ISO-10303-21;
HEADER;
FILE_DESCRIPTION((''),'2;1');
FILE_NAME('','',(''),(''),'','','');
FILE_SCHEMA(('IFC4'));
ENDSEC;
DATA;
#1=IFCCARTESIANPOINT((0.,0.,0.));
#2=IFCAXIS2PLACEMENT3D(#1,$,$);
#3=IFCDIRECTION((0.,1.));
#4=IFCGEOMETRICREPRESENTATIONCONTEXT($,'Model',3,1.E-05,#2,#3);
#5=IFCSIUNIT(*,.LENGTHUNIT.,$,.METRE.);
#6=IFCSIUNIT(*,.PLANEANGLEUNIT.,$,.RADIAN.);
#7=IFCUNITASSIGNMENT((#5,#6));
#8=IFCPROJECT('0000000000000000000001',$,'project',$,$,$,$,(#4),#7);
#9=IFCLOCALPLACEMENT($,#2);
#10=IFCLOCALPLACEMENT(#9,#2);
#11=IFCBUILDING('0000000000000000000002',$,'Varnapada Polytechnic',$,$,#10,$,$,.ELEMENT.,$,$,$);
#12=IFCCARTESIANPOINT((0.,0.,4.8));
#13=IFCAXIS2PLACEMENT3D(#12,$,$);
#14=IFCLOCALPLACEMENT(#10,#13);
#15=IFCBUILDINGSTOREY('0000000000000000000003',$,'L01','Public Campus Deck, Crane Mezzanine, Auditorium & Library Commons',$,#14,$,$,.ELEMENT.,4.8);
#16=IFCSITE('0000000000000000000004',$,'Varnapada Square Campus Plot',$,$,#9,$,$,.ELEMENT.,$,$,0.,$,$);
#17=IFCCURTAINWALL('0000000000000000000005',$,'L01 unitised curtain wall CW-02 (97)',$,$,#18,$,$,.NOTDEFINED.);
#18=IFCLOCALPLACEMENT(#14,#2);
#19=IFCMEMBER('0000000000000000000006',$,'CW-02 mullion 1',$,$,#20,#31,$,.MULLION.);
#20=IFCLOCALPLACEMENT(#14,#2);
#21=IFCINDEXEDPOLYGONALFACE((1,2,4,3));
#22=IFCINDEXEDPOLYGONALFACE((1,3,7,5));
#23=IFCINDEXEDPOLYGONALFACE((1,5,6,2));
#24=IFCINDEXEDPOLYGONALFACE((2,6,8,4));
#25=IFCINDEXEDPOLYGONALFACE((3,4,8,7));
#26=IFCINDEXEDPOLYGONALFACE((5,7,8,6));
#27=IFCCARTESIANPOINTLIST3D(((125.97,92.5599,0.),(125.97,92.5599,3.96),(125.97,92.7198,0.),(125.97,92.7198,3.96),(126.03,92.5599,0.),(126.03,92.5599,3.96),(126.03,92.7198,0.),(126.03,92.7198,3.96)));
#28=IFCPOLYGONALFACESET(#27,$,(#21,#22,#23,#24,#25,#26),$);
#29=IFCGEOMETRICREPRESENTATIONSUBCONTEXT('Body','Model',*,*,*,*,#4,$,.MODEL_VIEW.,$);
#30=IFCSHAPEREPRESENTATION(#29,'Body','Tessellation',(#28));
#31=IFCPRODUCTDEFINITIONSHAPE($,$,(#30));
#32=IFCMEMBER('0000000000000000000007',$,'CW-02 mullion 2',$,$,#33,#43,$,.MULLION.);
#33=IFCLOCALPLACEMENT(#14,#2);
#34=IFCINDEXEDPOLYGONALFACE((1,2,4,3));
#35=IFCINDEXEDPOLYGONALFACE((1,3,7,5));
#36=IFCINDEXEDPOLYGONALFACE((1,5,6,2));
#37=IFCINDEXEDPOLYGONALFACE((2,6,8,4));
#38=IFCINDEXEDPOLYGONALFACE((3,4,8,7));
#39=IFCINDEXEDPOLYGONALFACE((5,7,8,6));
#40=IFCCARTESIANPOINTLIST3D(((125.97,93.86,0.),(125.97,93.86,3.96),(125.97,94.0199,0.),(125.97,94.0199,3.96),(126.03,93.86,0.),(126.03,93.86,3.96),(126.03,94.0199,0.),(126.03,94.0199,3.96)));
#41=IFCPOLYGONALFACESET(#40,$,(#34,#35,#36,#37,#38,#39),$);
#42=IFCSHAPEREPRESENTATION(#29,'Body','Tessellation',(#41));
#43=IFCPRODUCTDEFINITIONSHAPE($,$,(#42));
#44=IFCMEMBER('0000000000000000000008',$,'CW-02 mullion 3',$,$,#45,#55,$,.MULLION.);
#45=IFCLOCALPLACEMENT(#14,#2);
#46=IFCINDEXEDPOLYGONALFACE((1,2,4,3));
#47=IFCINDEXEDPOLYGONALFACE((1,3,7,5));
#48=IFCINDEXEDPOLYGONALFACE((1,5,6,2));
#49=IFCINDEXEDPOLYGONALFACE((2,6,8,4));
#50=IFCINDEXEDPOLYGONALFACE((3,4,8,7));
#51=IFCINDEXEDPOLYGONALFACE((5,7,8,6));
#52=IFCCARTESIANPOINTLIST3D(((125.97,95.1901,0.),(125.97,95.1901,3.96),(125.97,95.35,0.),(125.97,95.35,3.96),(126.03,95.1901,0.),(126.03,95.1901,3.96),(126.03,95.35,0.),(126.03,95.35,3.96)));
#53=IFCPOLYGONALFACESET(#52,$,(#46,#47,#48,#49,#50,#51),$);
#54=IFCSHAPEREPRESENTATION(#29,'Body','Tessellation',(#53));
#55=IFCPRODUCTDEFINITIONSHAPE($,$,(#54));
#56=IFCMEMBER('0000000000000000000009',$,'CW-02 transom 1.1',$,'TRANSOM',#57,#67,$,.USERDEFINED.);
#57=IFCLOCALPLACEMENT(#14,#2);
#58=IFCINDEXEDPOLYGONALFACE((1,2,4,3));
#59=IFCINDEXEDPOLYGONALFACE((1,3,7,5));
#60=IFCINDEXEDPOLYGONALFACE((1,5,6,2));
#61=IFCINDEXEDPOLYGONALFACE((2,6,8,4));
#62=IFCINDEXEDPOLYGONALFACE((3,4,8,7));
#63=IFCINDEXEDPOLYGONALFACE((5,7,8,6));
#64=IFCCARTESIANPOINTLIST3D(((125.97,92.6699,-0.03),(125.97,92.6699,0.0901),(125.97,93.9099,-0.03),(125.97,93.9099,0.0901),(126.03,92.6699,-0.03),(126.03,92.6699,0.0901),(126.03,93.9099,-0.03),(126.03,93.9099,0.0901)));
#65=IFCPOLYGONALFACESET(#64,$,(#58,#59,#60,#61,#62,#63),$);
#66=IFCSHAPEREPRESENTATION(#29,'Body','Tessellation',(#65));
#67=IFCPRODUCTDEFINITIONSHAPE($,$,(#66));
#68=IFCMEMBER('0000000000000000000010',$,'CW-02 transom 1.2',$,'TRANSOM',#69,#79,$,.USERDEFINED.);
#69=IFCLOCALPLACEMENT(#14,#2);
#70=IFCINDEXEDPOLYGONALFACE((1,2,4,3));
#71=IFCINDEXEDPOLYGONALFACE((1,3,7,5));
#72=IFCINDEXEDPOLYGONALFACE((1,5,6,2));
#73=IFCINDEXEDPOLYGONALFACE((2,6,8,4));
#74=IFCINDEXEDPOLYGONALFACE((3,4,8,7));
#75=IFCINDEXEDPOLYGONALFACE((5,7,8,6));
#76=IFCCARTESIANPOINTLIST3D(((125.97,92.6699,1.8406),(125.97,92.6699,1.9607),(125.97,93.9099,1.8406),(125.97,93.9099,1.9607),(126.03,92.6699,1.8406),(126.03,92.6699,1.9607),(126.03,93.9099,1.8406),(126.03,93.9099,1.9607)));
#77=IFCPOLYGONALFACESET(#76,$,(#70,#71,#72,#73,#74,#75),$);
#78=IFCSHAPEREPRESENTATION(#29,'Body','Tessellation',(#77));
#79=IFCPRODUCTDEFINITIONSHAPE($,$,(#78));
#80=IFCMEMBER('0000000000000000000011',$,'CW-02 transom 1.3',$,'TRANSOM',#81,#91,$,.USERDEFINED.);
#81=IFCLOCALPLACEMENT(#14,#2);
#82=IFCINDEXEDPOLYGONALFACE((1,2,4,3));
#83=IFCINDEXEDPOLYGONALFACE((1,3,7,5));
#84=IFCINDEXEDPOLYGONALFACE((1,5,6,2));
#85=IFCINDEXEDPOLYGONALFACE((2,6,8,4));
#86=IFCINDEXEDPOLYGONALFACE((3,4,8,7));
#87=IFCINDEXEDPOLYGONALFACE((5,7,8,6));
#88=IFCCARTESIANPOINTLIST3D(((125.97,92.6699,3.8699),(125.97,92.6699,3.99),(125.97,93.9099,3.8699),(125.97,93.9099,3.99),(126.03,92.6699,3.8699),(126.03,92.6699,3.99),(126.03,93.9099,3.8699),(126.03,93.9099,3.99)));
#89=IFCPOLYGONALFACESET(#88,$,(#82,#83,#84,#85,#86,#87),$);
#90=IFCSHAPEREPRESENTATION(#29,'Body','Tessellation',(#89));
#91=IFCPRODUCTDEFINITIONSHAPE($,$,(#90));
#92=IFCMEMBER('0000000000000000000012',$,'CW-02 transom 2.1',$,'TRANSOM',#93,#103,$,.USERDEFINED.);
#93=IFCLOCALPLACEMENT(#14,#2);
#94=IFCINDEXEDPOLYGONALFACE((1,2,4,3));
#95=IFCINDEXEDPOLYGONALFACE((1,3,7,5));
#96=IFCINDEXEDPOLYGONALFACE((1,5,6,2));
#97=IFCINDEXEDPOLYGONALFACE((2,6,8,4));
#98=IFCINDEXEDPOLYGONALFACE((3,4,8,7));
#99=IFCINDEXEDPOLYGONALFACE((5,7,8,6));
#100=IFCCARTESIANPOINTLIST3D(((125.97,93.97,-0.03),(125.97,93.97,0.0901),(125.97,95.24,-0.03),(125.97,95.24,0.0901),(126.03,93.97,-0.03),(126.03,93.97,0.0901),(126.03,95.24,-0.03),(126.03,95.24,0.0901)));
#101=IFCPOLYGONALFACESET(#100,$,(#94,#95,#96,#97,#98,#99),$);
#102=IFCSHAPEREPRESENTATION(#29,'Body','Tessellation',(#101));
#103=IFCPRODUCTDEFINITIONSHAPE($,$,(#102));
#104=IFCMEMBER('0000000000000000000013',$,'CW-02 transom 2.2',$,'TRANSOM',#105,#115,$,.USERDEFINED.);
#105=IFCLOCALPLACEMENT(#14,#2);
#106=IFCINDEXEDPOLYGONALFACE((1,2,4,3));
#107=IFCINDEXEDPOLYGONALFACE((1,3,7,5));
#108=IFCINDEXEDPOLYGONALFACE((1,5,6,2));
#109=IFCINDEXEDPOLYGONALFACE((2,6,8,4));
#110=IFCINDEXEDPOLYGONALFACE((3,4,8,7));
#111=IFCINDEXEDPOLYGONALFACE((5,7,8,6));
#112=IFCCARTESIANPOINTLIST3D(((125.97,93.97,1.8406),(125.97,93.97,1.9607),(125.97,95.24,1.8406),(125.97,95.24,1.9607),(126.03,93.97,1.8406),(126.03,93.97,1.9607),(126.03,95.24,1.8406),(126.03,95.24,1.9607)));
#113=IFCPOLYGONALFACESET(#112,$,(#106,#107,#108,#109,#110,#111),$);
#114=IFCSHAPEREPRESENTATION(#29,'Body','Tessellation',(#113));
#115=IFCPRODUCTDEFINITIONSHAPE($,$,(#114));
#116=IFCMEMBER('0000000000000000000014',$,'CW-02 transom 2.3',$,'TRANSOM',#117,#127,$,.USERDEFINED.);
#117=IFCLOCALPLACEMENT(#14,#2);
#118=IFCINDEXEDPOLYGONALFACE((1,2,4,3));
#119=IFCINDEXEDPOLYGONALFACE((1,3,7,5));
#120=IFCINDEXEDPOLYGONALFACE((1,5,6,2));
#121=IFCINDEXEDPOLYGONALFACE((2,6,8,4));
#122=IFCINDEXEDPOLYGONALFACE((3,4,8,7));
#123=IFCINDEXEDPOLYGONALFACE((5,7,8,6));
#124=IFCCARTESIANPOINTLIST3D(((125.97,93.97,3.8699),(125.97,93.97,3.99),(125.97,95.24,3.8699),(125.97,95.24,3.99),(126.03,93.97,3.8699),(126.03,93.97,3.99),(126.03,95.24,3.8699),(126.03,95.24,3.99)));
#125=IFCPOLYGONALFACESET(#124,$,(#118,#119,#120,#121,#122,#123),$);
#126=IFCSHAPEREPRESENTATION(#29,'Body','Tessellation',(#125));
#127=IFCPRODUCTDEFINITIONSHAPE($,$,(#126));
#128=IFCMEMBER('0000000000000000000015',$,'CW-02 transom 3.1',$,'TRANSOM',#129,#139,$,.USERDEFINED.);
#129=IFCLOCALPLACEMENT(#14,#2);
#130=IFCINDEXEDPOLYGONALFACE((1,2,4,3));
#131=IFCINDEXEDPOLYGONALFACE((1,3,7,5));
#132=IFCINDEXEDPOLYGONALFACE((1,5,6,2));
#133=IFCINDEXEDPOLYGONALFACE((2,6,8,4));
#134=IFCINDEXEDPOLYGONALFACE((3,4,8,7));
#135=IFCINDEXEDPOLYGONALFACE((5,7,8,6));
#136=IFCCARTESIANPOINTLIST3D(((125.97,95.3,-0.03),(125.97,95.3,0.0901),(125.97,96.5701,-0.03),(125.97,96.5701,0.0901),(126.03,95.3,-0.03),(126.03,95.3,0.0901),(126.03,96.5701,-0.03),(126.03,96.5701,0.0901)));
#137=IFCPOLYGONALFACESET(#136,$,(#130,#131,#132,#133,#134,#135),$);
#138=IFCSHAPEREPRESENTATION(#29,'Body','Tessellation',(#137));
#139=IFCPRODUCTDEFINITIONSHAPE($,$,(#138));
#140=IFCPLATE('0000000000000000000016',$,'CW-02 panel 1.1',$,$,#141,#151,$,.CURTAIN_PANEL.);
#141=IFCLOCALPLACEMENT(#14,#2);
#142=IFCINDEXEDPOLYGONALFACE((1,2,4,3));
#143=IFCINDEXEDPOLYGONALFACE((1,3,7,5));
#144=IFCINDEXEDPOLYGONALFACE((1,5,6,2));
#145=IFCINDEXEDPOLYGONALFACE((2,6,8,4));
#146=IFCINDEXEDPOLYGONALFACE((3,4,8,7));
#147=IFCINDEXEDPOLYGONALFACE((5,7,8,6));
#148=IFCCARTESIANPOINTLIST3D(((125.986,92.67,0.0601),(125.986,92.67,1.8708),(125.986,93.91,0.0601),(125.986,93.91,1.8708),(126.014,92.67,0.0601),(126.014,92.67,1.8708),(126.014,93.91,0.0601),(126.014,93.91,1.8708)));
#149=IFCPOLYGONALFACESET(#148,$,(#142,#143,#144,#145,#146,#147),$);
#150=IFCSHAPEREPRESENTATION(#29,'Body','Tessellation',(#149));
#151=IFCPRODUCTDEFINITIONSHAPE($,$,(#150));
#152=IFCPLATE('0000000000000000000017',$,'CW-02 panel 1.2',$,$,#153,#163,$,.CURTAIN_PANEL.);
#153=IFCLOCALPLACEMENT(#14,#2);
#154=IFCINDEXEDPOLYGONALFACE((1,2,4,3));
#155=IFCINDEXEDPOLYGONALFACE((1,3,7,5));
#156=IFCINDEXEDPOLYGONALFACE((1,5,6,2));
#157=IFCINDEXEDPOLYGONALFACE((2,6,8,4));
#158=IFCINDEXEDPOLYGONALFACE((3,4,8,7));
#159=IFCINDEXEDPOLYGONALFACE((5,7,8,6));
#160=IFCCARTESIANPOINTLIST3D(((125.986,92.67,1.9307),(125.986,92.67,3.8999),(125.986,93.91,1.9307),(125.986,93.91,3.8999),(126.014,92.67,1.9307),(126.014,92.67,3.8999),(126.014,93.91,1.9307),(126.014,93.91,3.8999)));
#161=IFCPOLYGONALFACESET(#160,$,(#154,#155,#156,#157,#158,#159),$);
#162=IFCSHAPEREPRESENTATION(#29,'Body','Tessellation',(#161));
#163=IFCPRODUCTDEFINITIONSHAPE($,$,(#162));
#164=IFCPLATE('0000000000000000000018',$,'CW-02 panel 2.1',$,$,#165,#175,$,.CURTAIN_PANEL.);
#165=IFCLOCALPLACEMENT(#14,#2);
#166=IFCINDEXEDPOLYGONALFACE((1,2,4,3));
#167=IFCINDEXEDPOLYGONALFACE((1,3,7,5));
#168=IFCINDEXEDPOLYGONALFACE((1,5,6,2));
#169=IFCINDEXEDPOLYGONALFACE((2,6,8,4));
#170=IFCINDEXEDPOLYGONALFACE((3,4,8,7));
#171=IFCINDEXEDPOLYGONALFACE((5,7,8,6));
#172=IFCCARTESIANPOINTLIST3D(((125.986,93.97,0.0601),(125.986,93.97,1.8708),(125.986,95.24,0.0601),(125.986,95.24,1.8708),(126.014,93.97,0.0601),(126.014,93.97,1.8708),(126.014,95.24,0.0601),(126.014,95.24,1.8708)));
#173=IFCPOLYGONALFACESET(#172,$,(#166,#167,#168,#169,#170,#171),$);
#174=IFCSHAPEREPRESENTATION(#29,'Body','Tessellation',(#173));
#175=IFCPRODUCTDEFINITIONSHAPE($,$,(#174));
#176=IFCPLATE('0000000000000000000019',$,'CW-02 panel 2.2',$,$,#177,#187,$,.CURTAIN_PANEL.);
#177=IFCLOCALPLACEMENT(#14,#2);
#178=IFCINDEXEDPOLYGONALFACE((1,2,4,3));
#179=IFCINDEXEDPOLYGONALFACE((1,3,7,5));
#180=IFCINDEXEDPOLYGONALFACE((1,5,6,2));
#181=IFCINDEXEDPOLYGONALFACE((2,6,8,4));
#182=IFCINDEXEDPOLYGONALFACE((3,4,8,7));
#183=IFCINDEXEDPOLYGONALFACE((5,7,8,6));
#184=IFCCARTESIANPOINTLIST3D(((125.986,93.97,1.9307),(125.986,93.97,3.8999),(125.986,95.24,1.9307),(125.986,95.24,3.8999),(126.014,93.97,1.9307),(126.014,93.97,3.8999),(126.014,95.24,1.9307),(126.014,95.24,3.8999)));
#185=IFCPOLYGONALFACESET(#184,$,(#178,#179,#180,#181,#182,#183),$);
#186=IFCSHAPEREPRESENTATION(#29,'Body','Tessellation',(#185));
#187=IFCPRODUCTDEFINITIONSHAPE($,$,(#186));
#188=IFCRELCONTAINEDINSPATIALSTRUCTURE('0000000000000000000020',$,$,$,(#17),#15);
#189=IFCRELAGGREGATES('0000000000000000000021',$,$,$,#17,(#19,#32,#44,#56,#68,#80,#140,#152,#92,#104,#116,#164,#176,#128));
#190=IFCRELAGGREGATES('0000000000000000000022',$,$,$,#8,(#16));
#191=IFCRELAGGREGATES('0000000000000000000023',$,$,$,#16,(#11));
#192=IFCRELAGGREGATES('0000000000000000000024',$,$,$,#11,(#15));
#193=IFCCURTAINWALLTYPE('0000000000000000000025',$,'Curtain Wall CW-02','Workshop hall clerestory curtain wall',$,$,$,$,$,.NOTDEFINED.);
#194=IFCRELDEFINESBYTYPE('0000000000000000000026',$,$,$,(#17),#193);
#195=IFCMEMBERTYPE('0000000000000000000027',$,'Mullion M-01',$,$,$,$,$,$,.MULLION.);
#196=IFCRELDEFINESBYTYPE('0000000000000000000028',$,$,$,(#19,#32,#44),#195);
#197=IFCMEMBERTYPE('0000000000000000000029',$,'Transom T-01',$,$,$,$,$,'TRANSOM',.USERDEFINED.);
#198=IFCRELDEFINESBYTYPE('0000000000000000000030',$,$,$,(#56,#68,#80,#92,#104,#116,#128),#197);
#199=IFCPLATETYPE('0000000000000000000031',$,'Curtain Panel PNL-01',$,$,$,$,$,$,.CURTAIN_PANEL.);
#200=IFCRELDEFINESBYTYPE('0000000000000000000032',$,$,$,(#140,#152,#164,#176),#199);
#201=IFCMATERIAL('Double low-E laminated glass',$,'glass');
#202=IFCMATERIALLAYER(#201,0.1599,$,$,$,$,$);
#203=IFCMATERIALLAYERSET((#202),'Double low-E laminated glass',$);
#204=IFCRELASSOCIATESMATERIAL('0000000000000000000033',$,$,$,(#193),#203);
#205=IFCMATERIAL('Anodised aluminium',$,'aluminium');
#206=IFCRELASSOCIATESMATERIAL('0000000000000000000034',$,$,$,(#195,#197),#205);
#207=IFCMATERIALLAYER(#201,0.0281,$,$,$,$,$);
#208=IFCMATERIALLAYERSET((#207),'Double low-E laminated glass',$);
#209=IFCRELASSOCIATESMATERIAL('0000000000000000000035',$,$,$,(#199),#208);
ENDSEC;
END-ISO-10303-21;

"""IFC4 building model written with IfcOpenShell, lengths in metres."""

from ifc_helpers import new_model, si_unit, direction, frame, origin, origin_2d, place, context, subcontext, project, spatial, rectangle, extrude, material, layer, layer_set, material_profile, profile_set, type_object, element, aggregate, save


model = new_model("IFC4")

# Units and contexts
model_context = context("Model", 3, precision=1e-05, world=origin(), true_north=direction((0.0, 1.0)))
body_context = subcontext(model_context, "Body", "Model", "MODEL_VIEW")
ifc_project = project(units=[si_unit("LENGTHUNIT", "METRE"), si_unit("PLANEANGLEUNIT", "RADIAN")], contexts=[model_context])

# Site, building, storey
site_placement = place(None, origin())
site = spatial("IfcSite", under=ifc_project, at=site_placement, Name="Varnapada Square Campus Plot", CompositionType="ELEMENT", RefElevation=0.0)
building_placement = place(site_placement, origin())
building = spatial("IfcBuilding", under=site, at=building_placement, Name="Varnapada Polytechnic", CompositionType="ELEMENT")
storey_placement = place(building_placement, frame((0.0, 0.0, 4.8)))
storey = spatial("IfcBuildingStorey", under=building, at=storey_placement, Name="L01", Description="Public Campus Deck, Crane Mezzanine, Auditorium & Library Commons", CompositionType="ELEMENT", Elevation=4.8)

# Curtain wall, members, plates
ifc_material_1 = material(Name="Double low-E laminated glass", Category="glass")
ifc_layer_1 = layer(ifc_material_1, 0.1599)
ifc_layer_set_1 = layer_set([ifc_layer_1], Name="Double low-E laminated glass")
curtain_wall_type = type_object("IfcCurtainWallType", Name="Curtain Wall CW-02", Description="Workshop hall clerestory curtain wall", PredefinedType="NOTDEFINED", material=ifc_layer_set_1)
curtain_wall_placement = place(storey_placement, origin())
curtain_wall = element("IfcCurtainWall", 1, at=curtain_wall_placement, inside=storey, type_object=curtain_wall_type, Name="L01 unitised curtain wall CW-02 (97)", PredefinedType="NOTDEFINED")
ifc_material_2 = material(Name="Anodised aluminium", Category="aluminium")
ifc_material_profile_1 = material_profile(ifc_material_2, rectangle(XDim=0.0601, YDim=0.1599, at=origin_2d()), Name="ALU M60x160")
ifc_profile_set_1 = profile_set([ifc_material_profile_1], Name="Anodised aluminium")
member_type_1 = type_object("IfcMemberType", Name="Mullion M-01", PredefinedType="MULLION", material=ifc_profile_set_1)
member_1_placement = place(storey_placement, frame((126.0, 92.6399, 0.0), z_axis=(0.0, 0.0, 1.0), x_axis=(-1.0, 0.0, 0.0)))
member_1 = element("IfcMember", 2, at=member_1_placement, type_object=member_type_1, Name="CW-02 mullion 1", PredefinedType="MULLION", context=body_context, shape_type="SweptSolid", body=[
    extrude(rectangle(XDim=0.0601, YDim=0.1599, at=origin_2d()), origin(), (0.0, 0.0, 1.0), 3.96),
])
member_2_placement = place(storey_placement, frame((126.0, 93.9399, 0.0), z_axis=(0.0, 0.0, 1.0), x_axis=(-1.0, 0.0, 0.0)))
member_2 = element("IfcMember", 3, at=member_2_placement, type_object=member_type_1, Name="CW-02 mullion 2", PredefinedType="MULLION", context=body_context, shape_type="SweptSolid", body=[
    extrude(rectangle(XDim=0.0601, YDim=0.1599, at=origin_2d()), origin(), (0.0, 0.0, 1.0), 3.96),
])
member_3_placement = place(storey_placement, frame((126.0, 95.27, 0.0), z_axis=(0.0, 0.0, 1.0), x_axis=(-1.0, 0.0, 0.0)))
member_3 = element("IfcMember", 4, at=member_3_placement, type_object=member_type_1, Name="CW-02 mullion 3", PredefinedType="MULLION", context=body_context, shape_type="SweptSolid", body=[
    extrude(rectangle(XDim=0.0601, YDim=0.1599, at=origin_2d()), origin(), (0.0, 0.0, 1.0), 3.96),
])
ifc_material_profile_2 = material_profile(ifc_material_2, rectangle(XDim=0.0601, YDim=0.1201, at=origin_2d()), Name="ALU T60x120")
ifc_profile_set_2 = profile_set([ifc_material_profile_2], Name="Anodised aluminium")
member_type_2 = type_object("IfcMemberType", Name="Transom T-01", ElementType="TRANSOM", PredefinedType="USERDEFINED", material=ifc_profile_set_2)
member_4_placement = place(storey_placement, frame((126.0, 92.6699, 0.03), z_axis=(0.0, 1.0, 0.0), x_axis=(-1.0, 0.0, 0.0)))
member_4 = element("IfcMember", 5, at=member_4_placement, type_object=member_type_2, Name="CW-02 transom 1.1", ObjectType="TRANSOM", PredefinedType="USERDEFINED", context=body_context, shape_type="SweptSolid", body=[
    extrude(rectangle(XDim=0.0601, YDim=0.1201, at=origin_2d()), origin(), (0.0, 0.0, 1.0), 1.24),
])
member_5_placement = place(storey_placement, frame((126.0, 92.6699, 1.9006), z_axis=(0.0, 1.0, 0.0), x_axis=(-1.0, 0.0, 0.0)))
member_5 = element("IfcMember", 6, at=member_5_placement, type_object=member_type_2, Name="CW-02 transom 1.2", ObjectType="TRANSOM", PredefinedType="USERDEFINED", context=body_context, shape_type="SweptSolid", body=[
    extrude(rectangle(XDim=0.0601, YDim=0.1201, at=origin_2d()), origin(), (0.0, 0.0, 1.0), 1.24),
])
member_6_placement = place(storey_placement, frame((126.0, 92.6699, 3.9299), z_axis=(0.0, 1.0, 0.0), x_axis=(-1.0, 0.0, 0.0)))
member_6 = element("IfcMember", 7, at=member_6_placement, type_object=member_type_2, Name="CW-02 transom 1.3", ObjectType="TRANSOM", PredefinedType="USERDEFINED", context=body_context, shape_type="SweptSolid", body=[
    extrude(rectangle(XDim=0.0601, YDim=0.1201, at=origin_2d()), origin(), (0.0, 0.0, 1.0), 1.24),
])
member_7_placement = place(storey_placement, frame((126.0, 93.97, 0.03), z_axis=(0.0, 1.0, 0.0), x_axis=(-1.0, 0.0, 0.0)))
member_7 = element("IfcMember", 8, at=member_7_placement, type_object=member_type_2, Name="CW-02 transom 2.1", ObjectType="TRANSOM", PredefinedType="USERDEFINED", context=body_context, shape_type="SweptSolid", body=[
    extrude(rectangle(XDim=0.0601, YDim=0.1201, at=origin_2d()), origin(), (0.0, 0.0, 1.0), 1.27),
])
member_8_placement = place(storey_placement, frame((126.0, 93.97, 1.9006), z_axis=(0.0, 1.0, 0.0), x_axis=(-1.0, 0.0, 0.0)))
member_8 = element("IfcMember", 9, at=member_8_placement, type_object=member_type_2, Name="CW-02 transom 2.2", ObjectType="TRANSOM", PredefinedType="USERDEFINED", context=body_context, shape_type="SweptSolid", body=[
    extrude(rectangle(XDim=0.0601, YDim=0.1201, at=origin_2d()), origin(), (0.0, 0.0, 1.0), 1.27),
])
member_9_placement = place(storey_placement, frame((126.0, 93.97, 3.9299), z_axis=(0.0, 1.0, 0.0), x_axis=(-1.0, 0.0, 0.0)))
member_9 = element("IfcMember", 10, at=member_9_placement, type_object=member_type_2, Name="CW-02 transom 2.3", ObjectType="TRANSOM", PredefinedType="USERDEFINED", context=body_context, shape_type="SweptSolid", body=[
    extrude(rectangle(XDim=0.0601, YDim=0.1201, at=origin_2d()), origin(), (0.0, 0.0, 1.0), 1.27),
])
member_10_placement = place(storey_placement, frame((126.0, 95.3, 0.03), z_axis=(0.0, 1.0, 0.0), x_axis=(-1.0, 0.0, 0.0)))
member_10 = element("IfcMember", 11, at=member_10_placement, type_object=member_type_2, Name="CW-02 transom 3.1", ObjectType="TRANSOM", PredefinedType="USERDEFINED", context=body_context, shape_type="SweptSolid", body=[
    extrude(rectangle(XDim=0.0601, YDim=0.1201, at=origin_2d()), origin(), (0.0, 0.0, 1.0), 1.27),
])
ifc_layer_2 = layer(ifc_material_1, 0.0281)
ifc_layer_set_2 = layer_set([ifc_layer_2], Name="Double low-E laminated glass")
plate_type = type_object("IfcPlateType", Name="Curtain Panel PNL-01", PredefinedType="CURTAIN_PANEL", material=ifc_layer_set_2)
plate_1_placement = place(storey_placement, frame((126.0, 93.29, 0.0601), z_axis=(0.0, 0.0, 1.0), x_axis=(0.0, 1.0, 0.0)))
plate_1 = element("IfcPlate", 12, at=plate_1_placement, type_object=plate_type, Name="CW-02 panel 1.1", PredefinedType="CURTAIN_PANEL", context=body_context, shape_type="SweptSolid", body=[
    extrude(rectangle(XDim=1.24, YDim=0.0281, at=origin_2d()), origin(), (0.0, 0.0, 1.0), 1.8108),
])
plate_2_placement = place(storey_placement, frame((126.0, 93.29, 1.9307), z_axis=(0.0, 0.0, 1.0), x_axis=(0.0, 1.0, 0.0)))
plate_2 = element("IfcPlate", 13, at=plate_2_placement, type_object=plate_type, Name="CW-02 panel 1.2", PredefinedType="CURTAIN_PANEL", context=body_context, shape_type="SweptSolid", body=[
    extrude(rectangle(XDim=1.24, YDim=0.0281, at=origin_2d()), origin(), (0.0, 0.0, 1.0), 1.9692),
])
plate_3_placement = place(storey_placement, frame((126.0, 94.605, 0.0601), z_axis=(0.0, 0.0, 1.0), x_axis=(0.0, 1.0, 0.0)))
plate_3 = element("IfcPlate", 14, at=plate_3_placement, type_object=plate_type, Name="CW-02 panel 2.1", PredefinedType="CURTAIN_PANEL", context=body_context, shape_type="SweptSolid", body=[
    extrude(rectangle(XDim=1.27, YDim=0.0281, at=origin_2d()), origin(), (0.0, 0.0, 1.0), 1.8108),
])
plate_4_placement = place(storey_placement, frame((126.0, 94.605, 1.9307), z_axis=(0.0, 0.0, 1.0), x_axis=(0.0, 1.0, 0.0)))
plate_4 = element("IfcPlate", 15, at=plate_4_placement, type_object=plate_type, Name="CW-02 panel 2.2", PredefinedType="CURTAIN_PANEL", context=body_context, shape_type="SweptSolid", body=[
    extrude(rectangle(XDim=1.27, YDim=0.0281, at=origin_2d()), origin(), (0.0, 0.0, 1.0), 1.9692),
])
aggregate(curtain_wall, [member_1, member_2, member_3, member_4, member_5, member_6, plate_1, plate_2, member_7, member_8, member_9, plate_3, plate_4, member_10])

save(model, "model.ifc")
